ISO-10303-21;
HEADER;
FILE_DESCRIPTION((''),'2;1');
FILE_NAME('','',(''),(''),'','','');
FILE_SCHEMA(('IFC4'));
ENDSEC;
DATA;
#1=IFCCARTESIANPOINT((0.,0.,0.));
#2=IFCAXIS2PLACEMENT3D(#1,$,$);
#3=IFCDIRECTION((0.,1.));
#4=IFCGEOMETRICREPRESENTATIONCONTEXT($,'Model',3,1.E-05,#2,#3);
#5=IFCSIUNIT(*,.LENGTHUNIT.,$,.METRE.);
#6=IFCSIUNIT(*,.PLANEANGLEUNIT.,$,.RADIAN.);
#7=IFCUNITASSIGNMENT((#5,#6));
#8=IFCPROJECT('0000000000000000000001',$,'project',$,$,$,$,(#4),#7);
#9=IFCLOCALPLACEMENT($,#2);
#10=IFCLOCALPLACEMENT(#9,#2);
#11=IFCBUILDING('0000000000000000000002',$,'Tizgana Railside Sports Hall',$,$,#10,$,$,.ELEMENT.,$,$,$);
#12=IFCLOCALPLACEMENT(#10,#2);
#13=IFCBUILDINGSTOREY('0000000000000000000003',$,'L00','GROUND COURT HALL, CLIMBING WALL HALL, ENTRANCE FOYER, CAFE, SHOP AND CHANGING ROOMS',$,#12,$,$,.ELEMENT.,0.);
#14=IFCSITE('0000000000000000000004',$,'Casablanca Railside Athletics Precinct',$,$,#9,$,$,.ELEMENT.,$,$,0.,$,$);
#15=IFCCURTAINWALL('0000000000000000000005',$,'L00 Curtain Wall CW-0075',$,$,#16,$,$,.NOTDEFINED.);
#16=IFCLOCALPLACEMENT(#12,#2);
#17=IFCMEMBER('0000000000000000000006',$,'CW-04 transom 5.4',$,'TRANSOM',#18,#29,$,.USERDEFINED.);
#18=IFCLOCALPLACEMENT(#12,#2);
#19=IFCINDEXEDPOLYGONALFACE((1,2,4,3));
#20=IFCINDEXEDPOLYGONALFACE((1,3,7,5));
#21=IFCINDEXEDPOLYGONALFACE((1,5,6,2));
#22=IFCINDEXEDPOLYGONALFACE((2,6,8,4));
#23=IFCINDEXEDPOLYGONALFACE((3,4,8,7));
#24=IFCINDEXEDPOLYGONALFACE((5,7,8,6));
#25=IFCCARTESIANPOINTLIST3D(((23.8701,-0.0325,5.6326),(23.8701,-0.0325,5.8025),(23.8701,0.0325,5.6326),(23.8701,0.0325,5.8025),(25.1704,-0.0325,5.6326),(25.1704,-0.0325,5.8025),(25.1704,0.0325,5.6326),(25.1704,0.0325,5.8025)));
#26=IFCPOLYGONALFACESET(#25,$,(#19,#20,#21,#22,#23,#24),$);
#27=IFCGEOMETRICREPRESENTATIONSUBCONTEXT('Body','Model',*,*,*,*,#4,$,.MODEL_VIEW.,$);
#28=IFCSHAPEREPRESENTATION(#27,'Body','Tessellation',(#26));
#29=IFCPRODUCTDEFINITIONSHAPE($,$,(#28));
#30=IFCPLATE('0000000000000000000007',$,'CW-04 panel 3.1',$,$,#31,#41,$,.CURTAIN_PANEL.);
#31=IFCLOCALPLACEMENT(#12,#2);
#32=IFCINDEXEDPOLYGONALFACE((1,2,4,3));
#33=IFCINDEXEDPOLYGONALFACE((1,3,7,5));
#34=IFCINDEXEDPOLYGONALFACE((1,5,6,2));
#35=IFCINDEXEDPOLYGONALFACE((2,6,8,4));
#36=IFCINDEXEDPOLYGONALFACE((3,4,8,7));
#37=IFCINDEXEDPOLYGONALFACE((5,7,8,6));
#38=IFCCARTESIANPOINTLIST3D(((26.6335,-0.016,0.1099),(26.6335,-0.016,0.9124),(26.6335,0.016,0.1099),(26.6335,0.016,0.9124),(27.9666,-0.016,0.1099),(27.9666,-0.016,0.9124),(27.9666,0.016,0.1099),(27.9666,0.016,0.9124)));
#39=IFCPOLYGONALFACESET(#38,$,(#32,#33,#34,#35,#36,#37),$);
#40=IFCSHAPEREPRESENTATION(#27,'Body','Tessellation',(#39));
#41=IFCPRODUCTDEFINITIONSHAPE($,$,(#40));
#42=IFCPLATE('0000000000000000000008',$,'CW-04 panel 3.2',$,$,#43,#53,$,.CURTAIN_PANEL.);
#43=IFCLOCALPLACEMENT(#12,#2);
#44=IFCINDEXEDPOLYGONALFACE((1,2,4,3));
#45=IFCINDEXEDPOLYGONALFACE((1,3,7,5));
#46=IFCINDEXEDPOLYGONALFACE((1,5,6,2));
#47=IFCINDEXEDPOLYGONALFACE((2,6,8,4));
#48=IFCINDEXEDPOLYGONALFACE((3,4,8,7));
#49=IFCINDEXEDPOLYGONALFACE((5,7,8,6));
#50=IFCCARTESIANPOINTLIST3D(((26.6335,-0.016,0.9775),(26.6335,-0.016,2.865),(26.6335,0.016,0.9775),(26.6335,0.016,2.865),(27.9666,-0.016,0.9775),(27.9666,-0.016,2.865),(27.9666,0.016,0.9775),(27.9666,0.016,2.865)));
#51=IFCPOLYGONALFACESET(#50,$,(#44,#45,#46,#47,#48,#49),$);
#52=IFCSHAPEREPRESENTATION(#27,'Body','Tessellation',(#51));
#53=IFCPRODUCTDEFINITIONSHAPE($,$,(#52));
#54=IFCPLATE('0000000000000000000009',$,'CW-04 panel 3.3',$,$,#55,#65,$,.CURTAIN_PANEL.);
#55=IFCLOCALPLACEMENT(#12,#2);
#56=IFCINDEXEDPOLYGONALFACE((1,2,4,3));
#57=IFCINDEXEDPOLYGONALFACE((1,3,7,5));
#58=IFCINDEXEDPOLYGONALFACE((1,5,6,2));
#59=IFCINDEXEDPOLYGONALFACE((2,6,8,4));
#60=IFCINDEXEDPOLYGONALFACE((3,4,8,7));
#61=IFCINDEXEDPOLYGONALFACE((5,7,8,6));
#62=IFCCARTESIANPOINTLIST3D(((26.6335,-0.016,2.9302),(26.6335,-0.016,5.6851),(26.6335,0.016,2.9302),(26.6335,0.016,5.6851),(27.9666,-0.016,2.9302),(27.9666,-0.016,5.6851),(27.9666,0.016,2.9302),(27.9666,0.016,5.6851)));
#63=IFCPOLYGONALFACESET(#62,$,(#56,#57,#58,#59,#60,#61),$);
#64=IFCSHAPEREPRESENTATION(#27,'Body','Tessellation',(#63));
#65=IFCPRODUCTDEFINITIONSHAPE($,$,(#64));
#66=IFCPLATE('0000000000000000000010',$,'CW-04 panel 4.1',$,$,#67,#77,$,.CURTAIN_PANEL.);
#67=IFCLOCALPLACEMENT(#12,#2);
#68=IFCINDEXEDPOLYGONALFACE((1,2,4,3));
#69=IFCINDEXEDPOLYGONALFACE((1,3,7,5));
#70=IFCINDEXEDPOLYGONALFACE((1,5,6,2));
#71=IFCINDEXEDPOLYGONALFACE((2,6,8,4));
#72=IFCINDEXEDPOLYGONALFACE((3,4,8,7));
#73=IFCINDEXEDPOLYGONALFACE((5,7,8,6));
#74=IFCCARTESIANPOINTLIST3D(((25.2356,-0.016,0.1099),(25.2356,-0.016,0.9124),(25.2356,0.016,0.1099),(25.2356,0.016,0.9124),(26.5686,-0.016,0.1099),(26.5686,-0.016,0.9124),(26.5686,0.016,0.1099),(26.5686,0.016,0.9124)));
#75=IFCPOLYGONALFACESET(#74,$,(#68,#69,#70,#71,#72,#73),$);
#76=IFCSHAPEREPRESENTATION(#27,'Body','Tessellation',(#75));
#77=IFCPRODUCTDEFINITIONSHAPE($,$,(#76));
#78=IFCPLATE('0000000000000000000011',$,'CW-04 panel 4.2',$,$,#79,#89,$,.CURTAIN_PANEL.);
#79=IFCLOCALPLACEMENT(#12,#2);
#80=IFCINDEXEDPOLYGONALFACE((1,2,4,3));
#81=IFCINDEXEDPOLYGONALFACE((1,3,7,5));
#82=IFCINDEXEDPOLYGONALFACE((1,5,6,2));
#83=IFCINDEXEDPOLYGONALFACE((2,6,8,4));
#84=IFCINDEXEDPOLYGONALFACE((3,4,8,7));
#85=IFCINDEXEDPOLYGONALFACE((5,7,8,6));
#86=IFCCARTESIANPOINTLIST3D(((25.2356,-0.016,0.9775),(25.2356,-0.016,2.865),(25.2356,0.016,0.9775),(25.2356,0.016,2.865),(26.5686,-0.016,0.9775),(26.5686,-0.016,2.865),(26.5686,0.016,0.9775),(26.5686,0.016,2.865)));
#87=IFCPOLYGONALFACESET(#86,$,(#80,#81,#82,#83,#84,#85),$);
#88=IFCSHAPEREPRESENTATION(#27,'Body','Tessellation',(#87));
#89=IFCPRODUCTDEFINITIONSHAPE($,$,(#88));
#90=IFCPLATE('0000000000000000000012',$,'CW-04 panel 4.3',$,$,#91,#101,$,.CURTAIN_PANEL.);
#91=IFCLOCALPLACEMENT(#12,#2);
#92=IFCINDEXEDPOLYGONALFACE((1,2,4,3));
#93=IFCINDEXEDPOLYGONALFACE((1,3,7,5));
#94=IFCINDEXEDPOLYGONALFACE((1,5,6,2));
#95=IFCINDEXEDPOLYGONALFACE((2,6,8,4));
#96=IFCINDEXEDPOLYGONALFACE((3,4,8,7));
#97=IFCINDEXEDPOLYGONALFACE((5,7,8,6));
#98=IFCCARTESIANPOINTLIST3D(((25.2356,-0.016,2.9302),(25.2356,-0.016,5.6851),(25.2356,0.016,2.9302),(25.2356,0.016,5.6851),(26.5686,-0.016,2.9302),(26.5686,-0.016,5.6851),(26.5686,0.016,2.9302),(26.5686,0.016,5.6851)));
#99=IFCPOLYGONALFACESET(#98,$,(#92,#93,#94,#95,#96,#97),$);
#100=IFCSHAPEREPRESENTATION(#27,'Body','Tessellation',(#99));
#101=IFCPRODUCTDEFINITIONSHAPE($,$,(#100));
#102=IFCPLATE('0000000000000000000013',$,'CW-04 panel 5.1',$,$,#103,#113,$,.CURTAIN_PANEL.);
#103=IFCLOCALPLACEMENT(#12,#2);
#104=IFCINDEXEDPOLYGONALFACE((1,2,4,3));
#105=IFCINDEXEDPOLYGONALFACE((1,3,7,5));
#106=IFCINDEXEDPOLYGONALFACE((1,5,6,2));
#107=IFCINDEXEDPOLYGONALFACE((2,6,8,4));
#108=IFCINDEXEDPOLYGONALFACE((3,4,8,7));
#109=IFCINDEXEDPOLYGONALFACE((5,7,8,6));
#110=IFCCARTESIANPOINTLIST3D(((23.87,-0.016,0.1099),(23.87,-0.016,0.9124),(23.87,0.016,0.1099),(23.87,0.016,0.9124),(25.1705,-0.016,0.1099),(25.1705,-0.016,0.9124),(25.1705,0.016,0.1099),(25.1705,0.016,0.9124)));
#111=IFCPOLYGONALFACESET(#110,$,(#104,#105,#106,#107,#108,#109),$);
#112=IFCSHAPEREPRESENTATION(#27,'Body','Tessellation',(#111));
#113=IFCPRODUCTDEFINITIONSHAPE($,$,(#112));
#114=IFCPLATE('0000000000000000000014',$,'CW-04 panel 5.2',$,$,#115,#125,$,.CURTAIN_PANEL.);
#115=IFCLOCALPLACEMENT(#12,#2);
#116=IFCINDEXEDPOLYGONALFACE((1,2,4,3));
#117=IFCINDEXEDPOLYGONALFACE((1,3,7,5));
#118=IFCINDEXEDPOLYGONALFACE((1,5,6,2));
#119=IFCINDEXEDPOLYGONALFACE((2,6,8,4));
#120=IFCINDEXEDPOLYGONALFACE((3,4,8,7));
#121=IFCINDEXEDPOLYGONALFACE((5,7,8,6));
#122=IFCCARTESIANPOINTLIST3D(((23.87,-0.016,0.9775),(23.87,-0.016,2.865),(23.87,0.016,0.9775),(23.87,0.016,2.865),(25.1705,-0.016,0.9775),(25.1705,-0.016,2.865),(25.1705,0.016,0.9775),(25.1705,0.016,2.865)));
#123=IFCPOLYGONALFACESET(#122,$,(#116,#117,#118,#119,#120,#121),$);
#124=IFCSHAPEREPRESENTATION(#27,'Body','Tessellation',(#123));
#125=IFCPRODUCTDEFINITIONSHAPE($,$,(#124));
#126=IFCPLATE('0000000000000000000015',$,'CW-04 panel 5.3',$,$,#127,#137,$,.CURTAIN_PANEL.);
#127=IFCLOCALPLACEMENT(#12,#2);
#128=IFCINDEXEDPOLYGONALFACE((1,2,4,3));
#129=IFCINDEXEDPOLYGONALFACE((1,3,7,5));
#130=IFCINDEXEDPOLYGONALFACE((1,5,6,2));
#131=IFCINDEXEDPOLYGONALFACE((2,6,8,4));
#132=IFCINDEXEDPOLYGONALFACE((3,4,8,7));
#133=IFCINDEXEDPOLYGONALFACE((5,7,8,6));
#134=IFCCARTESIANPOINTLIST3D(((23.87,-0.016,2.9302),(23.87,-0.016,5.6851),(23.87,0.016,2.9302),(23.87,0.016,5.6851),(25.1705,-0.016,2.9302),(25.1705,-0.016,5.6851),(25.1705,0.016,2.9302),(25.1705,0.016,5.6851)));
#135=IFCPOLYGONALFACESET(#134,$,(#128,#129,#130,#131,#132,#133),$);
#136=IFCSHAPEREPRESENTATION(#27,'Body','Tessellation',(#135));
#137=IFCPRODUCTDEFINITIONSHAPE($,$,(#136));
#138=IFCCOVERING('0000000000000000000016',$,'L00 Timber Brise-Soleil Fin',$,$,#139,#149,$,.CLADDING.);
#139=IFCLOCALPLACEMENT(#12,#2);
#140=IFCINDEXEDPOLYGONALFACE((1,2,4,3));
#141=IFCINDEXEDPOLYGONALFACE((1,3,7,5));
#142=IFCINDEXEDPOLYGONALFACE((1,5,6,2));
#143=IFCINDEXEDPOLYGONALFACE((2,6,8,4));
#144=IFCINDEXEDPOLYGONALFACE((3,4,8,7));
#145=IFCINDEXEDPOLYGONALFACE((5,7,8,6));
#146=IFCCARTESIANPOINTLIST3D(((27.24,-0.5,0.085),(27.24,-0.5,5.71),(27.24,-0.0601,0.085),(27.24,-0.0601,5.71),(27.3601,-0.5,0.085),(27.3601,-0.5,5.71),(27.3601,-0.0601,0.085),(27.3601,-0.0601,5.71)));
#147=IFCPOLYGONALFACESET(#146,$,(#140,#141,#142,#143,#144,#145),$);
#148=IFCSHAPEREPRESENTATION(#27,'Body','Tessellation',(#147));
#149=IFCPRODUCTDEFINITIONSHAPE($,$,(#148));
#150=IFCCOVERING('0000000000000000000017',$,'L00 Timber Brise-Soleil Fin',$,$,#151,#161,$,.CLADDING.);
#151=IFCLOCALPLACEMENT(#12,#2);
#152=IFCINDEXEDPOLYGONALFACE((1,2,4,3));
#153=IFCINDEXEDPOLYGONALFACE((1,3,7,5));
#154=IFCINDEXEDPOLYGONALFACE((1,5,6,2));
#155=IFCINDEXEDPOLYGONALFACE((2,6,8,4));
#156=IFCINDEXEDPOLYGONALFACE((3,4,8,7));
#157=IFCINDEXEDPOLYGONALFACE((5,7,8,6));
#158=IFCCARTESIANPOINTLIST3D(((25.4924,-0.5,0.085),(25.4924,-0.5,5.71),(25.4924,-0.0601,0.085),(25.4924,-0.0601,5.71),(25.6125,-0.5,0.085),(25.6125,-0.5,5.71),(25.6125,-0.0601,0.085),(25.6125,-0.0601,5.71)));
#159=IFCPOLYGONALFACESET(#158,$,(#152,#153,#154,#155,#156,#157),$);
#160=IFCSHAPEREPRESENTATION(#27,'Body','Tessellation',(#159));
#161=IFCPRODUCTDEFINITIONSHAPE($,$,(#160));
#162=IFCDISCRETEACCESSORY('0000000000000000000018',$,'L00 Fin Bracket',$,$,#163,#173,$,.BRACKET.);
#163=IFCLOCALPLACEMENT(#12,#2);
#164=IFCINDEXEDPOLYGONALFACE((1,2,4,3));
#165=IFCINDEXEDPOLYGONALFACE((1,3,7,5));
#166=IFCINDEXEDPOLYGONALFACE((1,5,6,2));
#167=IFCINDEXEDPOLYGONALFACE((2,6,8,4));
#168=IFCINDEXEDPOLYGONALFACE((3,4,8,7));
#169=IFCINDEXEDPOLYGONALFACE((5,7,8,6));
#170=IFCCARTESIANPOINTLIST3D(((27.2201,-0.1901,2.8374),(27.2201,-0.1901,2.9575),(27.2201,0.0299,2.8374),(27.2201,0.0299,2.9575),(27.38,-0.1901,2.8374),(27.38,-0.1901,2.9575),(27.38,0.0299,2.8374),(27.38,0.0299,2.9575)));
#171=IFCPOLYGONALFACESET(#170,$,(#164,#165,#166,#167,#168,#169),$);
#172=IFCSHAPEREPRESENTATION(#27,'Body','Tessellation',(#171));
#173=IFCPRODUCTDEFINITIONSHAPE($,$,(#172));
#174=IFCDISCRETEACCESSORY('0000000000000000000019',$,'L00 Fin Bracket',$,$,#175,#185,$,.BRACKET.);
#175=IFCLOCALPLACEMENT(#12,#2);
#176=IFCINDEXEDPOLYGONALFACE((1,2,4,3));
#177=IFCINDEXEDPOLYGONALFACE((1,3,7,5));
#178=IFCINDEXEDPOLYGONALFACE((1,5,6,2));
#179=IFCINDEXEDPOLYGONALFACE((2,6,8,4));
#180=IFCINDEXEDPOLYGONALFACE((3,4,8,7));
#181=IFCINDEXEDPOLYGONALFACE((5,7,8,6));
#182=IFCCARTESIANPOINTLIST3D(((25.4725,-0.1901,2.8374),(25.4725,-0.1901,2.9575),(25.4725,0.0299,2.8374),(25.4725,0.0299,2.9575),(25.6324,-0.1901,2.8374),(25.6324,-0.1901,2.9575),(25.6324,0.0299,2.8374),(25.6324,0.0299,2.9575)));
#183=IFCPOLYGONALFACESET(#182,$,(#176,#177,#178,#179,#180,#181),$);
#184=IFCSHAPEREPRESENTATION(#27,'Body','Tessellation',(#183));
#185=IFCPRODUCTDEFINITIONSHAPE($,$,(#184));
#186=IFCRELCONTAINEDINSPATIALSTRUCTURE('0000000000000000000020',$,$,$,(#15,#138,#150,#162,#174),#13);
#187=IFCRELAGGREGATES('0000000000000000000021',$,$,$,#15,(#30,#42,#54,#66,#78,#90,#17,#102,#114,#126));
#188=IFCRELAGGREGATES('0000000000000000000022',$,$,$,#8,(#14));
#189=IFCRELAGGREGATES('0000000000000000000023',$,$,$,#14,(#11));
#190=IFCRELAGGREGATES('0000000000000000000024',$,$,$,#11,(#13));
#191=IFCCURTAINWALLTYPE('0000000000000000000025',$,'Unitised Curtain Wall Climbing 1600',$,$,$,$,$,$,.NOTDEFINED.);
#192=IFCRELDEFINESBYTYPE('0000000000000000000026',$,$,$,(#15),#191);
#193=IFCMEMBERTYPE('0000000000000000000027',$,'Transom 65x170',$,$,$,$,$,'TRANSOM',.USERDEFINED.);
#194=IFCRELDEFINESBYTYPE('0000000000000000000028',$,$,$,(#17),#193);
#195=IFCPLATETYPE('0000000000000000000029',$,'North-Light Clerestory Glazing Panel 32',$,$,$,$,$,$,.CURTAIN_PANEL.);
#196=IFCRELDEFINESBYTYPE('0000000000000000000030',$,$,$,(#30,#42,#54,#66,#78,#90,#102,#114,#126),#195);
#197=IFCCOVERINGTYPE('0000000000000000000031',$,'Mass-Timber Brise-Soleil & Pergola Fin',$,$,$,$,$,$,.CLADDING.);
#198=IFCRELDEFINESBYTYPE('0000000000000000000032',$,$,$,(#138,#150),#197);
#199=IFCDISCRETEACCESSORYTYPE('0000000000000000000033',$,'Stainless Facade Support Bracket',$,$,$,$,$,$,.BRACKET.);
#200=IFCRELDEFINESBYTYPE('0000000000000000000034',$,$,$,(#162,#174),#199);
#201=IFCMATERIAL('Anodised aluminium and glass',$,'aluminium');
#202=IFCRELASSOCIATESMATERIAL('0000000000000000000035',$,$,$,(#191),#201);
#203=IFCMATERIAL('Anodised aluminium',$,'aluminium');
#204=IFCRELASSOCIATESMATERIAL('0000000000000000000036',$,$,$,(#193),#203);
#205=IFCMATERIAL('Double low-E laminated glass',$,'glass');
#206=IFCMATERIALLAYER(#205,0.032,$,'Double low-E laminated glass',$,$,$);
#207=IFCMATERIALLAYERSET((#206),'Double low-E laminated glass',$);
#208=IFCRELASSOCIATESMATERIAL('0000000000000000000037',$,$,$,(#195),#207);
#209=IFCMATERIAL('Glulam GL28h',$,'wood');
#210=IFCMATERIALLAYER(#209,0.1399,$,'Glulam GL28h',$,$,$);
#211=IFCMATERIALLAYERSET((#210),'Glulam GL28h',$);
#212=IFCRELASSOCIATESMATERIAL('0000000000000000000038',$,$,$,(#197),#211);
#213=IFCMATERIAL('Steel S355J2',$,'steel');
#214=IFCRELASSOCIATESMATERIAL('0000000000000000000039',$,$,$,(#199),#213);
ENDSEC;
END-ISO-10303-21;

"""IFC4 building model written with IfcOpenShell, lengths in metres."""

from ifc_helpers import new_model, si_unit, direction, frame, origin, origin_2d, place, context, subcontext, project, spatial, rectangle, extrude, material, layer, layer_set, material_profile, profile_set, type_object, element, aggregate, save


model = new_model("IFC4")

# Units and contexts
model_context = context("Model", 3, precision=1e-05, world=origin(), true_north=direction((0.0, 1.0)))
body_context = subcontext(model_context, "Body", "Model", "MODEL_VIEW")
ifc_project = project(units=[si_unit("LENGTHUNIT", "METRE"), si_unit("PLANEANGLEUNIT", "RADIAN")], contexts=[model_context])

# Site, building, storey
site_placement = place(None, origin())
site = spatial("IfcSite", under=ifc_project, at=site_placement, Name="Casablanca Railside Athletics Precinct", CompositionType="ELEMENT", RefElevation=0.0)
building_placement = place(site_placement, origin())
building = spatial("IfcBuilding", under=site, at=building_placement, Name="Tizgana Railside Sports Hall", CompositionType="ELEMENT")
storey_placement = place(building_placement, origin())
storey = spatial("IfcBuildingStorey", under=building, at=storey_placement, Name="L00", Description="GROUND COURT HALL, CLIMBING WALL HALL, ENTRANCE FOYER, CAFE, SHOP AND CHANGING ROOMS", CompositionType="ELEMENT", Elevation=0.0)

# Curtain wall, member, plates
ifc_material_1 = material(Name="Anodised aluminium and glass", Category="aluminium")
curtain_wall_type = type_object("IfcCurtainWallType", Name="Unitised Curtain Wall Climbing 1600", PredefinedType="NOTDEFINED", material=ifc_material_1)
curtain_wall_placement = place(storey_placement, origin())
curtain_wall = element("IfcCurtainWall", 1, at=curtain_wall_placement, inside=storey, type_object=curtain_wall_type, Name="L00 Curtain Wall CW-0075", PredefinedType="NOTDEFINED")
ifc_material_2 = material(Name="Anodised aluminium", Category="aluminium")
ifc_material_profile_1 = material_profile(ifc_material_2, rectangle(XDim=0.0649, YDim=0.1699, at=origin_2d()), Name="Transom 65x170")
ifc_profile_set_1 = profile_set([ifc_material_profile_1], Name="Anodised aluminium")
member_type_1 = type_object("IfcMemberType", Name="Transom 65x170", ElementType="TRANSOM", PredefinedType="USERDEFINED", material=ifc_profile_set_1)
member_1_placement = place(storey_placement, frame((25.1704, 0.0, 5.7175), z_axis=(-1.0, 0.0, 0.0), x_axis=(0.0, -1.0, 0.0)))
member_1 = element("IfcMember", 2, at=member_1_placement, type_object=member_type_1, Name="CW-04 transom 5.4", ObjectType="TRANSOM", PredefinedType="USERDEFINED", context=body_context, shape_type="SweptSolid", body=[
    extrude(rectangle(XDim=0.0649, YDim=0.1699, at=origin_2d()), origin(), (0.0, 0.0, 1.0), 1.3003),
])
ifc_material_3 = material(Name="Double low-E laminated glass", Category="glass")
ifc_layer_1 = layer(ifc_material_3, 0.032, Name="Double low-E laminated glass")
ifc_layer_set_1 = layer_set([ifc_layer_1], Name="Double low-E laminated glass")
plate_type = type_object("IfcPlateType", Name="North-Light Clerestory Glazing Panel 32", PredefinedType="CURTAIN_PANEL", material=ifc_layer_set_1)
plate_1_placement = place(storey_placement, frame((27.3, 0.0, 0.1099), z_axis=(0.0, 0.0, 1.0), x_axis=(-1.0, 0.0, 0.0)))
plate_1 = element("IfcPlate", 3, at=plate_1_placement, type_object=plate_type, Name="CW-04 panel 3.1", PredefinedType="CURTAIN_PANEL", context=body_context, shape_type="SweptSolid", body=[
    extrude(rectangle(XDim=1.333, YDim=0.032, at=origin_2d()), origin(), (0.0, 0.0, 1.0), 0.8025),
])
plate_2_placement = place(storey_placement, frame((27.3, 0.0, 0.9775), z_axis=(0.0, 0.0, 1.0), x_axis=(-1.0, 0.0, 0.0)))
plate_2 = element("IfcPlate", 4, at=plate_2_placement, type_object=plate_type, Name="CW-04 panel 3.2", PredefinedType="CURTAIN_PANEL", context=body_context, shape_type="SweptSolid", body=[
    extrude(rectangle(XDim=1.333, YDim=0.032, at=origin_2d()), origin(), (0.0, 0.0, 1.0), 1.8875),
])
plate_3_placement = place(storey_placement, frame((27.3, 0.0, 2.9302), z_axis=(0.0, 0.0, 1.0), x_axis=(-1.0, 0.0, 0.0)))
plate_3 = element("IfcPlate", 5, at=plate_3_placement, type_object=plate_type, Name="CW-04 panel 3.3", PredefinedType="CURTAIN_PANEL", context=body_context, shape_type="SweptSolid", body=[
    extrude(rectangle(XDim=1.333, YDim=0.032, at=origin_2d()), origin(), (0.0, 0.0, 1.0), 2.7549),
])
plate_4_placement = place(storey_placement, frame((25.9021, 0.0, 0.1099), z_axis=(0.0, 0.0, 1.0), x_axis=(-1.0, 0.0, 0.0)))
plate_4 = element("IfcPlate", 6, at=plate_4_placement, type_object=plate_type, Name="CW-04 panel 4.1", PredefinedType="CURTAIN_PANEL", context=body_context, shape_type="SweptSolid", body=[
    extrude(rectangle(XDim=1.333, YDim=0.032, at=origin_2d()), origin(), (0.0, 0.0, 1.0), 0.8025),
])
plate_5_placement = place(storey_placement, frame((25.9021, 0.0, 0.9775), z_axis=(0.0, 0.0, 1.0), x_axis=(-1.0, 0.0, 0.0)))
plate_5 = element("IfcPlate", 7, at=plate_5_placement, type_object=plate_type, Name="CW-04 panel 4.2", PredefinedType="CURTAIN_PANEL", context=body_context, shape_type="SweptSolid", body=[
    extrude(rectangle(XDim=1.333, YDim=0.032, at=origin_2d()), origin(), (0.0, 0.0, 1.0), 1.8875),
])
plate_6_placement = place(storey_placement, frame((25.9021, 0.0, 2.9302), z_axis=(0.0, 0.0, 1.0), x_axis=(-1.0, 0.0, 0.0)))
plate_6 = element("IfcPlate", 8, at=plate_6_placement, type_object=plate_type, Name="CW-04 panel 4.3", PredefinedType="CURTAIN_PANEL", context=body_context, shape_type="SweptSolid", body=[
    extrude(rectangle(XDim=1.333, YDim=0.032, at=origin_2d()), origin(), (0.0, 0.0, 1.0), 2.7549),
])
plate_7_placement = place(storey_placement, frame((24.5203, 0.0, 0.1099), z_axis=(0.0, 0.0, 1.0), x_axis=(-1.0, 0.0, 0.0)))
plate_7 = element("IfcPlate", 9, at=plate_7_placement, type_object=plate_type, Name="CW-04 panel 5.1", PredefinedType="CURTAIN_PANEL", context=body_context, shape_type="SweptSolid", body=[
    extrude(rectangle(XDim=1.3005, YDim=0.032, at=origin_2d()), origin(), (0.0, 0.0, 1.0), 0.8025),
])
plate_8_placement = place(storey_placement, frame((24.5203, 0.0, 0.9775), z_axis=(0.0, 0.0, 1.0), x_axis=(-1.0, 0.0, 0.0)))
plate_8 = element("IfcPlate", 10, at=plate_8_placement, type_object=plate_type, Name="CW-04 panel 5.2", PredefinedType="CURTAIN_PANEL", context=body_context, shape_type="SweptSolid", body=[
    extrude(rectangle(XDim=1.3005, YDim=0.032, at=origin_2d()), origin(), (0.0, 0.0, 1.0), 1.8875),
])
plate_9_placement = place(storey_placement, frame((24.5203, 0.0, 2.9302), z_axis=(0.0, 0.0, 1.0), x_axis=(-1.0, 0.0, 0.0)))
plate_9 = element("IfcPlate", 11, at=plate_9_placement, type_object=plate_type, Name="CW-04 panel 5.3", PredefinedType="CURTAIN_PANEL", context=body_context, shape_type="SweptSolid", body=[
    extrude(rectangle(XDim=1.3005, YDim=0.032, at=origin_2d()), origin(), (0.0, 0.0, 1.0), 2.7549),
])
aggregate(curtain_wall, [plate_1, plate_2, plate_3, plate_4, plate_5, plate_6, member_1, plate_7, plate_8, plate_9])

# Coverings
ifc_material_4 = material(Name="Glulam GL28h", Category="wood")
ifc_layer_2 = layer(ifc_material_4, 0.1399, Name="Glulam GL28h")
ifc_layer_set_2 = layer_set([ifc_layer_2], Name="Glulam GL28h")
covering_type = type_object("IfcCoveringType", Name="Mass-Timber Brise-Soleil & Pergola Fin", PredefinedType="CLADDING", material=ifc_layer_set_2)
for number, where, z_axis, x_axis, name in (
    (12, (27.3, -0.28, 0.085), (0.0, 0.0, 1.0), (-1.0, 0.0, 0.0), "L00 Timber Brise-Soleil Fin"),
    (13, (25.5525, -0.28, 0.085), (0.0, 0.0, 1.0), (-1.0, 0.0, 0.0), "L00 Timber Brise-Soleil Fin"),
):
    element("IfcCovering", number, at=place(storey_placement, frame(where, z_axis=z_axis, x_axis=x_axis)), inside=storey, type_object=covering_type, Name=name, PredefinedType="CLADDING", context=body_context, shape_type="SweptSolid", body=[
        extrude(rectangle(XDim=0.1201, YDim=0.4399, at=origin_2d()), origin(), (0.0, 0.0, 1.0), 5.625),
    ])

# Discrete accessories
ifc_material_5 = material(Name="Steel S355J2", Category="steel")
discrete_accessory_type = type_object("IfcDiscreteAccessoryType", Name="Stainless Facade Support Bracket", PredefinedType="BRACKET", material=ifc_material_5)
for number, where, z_axis, x_axis, name in (
    (14, (27.3, -0.0801, 2.8374), (0.0, 0.0, 1.0), (-1.0, 0.0, 0.0), "L00 Fin Bracket"),
    (15, (25.5525, -0.0801, 2.8374), (0.0, 0.0, 1.0), (-1.0, 0.0, 0.0), "L00 Fin Bracket"),
):
    element("IfcDiscreteAccessory", number, at=place(storey_placement, frame(where, z_axis=z_axis, x_axis=x_axis)), inside=storey, type_object=discrete_accessory_type, Name=name, PredefinedType="BRACKET", context=body_context, shape_type="SweptSolid", body=[
        extrude(rectangle(XDim=0.1599, YDim=0.22, at=origin_2d()), origin(), (0.0, 0.0, 1.0), 0.1201),
    ])

save(model, "model.ifc")
